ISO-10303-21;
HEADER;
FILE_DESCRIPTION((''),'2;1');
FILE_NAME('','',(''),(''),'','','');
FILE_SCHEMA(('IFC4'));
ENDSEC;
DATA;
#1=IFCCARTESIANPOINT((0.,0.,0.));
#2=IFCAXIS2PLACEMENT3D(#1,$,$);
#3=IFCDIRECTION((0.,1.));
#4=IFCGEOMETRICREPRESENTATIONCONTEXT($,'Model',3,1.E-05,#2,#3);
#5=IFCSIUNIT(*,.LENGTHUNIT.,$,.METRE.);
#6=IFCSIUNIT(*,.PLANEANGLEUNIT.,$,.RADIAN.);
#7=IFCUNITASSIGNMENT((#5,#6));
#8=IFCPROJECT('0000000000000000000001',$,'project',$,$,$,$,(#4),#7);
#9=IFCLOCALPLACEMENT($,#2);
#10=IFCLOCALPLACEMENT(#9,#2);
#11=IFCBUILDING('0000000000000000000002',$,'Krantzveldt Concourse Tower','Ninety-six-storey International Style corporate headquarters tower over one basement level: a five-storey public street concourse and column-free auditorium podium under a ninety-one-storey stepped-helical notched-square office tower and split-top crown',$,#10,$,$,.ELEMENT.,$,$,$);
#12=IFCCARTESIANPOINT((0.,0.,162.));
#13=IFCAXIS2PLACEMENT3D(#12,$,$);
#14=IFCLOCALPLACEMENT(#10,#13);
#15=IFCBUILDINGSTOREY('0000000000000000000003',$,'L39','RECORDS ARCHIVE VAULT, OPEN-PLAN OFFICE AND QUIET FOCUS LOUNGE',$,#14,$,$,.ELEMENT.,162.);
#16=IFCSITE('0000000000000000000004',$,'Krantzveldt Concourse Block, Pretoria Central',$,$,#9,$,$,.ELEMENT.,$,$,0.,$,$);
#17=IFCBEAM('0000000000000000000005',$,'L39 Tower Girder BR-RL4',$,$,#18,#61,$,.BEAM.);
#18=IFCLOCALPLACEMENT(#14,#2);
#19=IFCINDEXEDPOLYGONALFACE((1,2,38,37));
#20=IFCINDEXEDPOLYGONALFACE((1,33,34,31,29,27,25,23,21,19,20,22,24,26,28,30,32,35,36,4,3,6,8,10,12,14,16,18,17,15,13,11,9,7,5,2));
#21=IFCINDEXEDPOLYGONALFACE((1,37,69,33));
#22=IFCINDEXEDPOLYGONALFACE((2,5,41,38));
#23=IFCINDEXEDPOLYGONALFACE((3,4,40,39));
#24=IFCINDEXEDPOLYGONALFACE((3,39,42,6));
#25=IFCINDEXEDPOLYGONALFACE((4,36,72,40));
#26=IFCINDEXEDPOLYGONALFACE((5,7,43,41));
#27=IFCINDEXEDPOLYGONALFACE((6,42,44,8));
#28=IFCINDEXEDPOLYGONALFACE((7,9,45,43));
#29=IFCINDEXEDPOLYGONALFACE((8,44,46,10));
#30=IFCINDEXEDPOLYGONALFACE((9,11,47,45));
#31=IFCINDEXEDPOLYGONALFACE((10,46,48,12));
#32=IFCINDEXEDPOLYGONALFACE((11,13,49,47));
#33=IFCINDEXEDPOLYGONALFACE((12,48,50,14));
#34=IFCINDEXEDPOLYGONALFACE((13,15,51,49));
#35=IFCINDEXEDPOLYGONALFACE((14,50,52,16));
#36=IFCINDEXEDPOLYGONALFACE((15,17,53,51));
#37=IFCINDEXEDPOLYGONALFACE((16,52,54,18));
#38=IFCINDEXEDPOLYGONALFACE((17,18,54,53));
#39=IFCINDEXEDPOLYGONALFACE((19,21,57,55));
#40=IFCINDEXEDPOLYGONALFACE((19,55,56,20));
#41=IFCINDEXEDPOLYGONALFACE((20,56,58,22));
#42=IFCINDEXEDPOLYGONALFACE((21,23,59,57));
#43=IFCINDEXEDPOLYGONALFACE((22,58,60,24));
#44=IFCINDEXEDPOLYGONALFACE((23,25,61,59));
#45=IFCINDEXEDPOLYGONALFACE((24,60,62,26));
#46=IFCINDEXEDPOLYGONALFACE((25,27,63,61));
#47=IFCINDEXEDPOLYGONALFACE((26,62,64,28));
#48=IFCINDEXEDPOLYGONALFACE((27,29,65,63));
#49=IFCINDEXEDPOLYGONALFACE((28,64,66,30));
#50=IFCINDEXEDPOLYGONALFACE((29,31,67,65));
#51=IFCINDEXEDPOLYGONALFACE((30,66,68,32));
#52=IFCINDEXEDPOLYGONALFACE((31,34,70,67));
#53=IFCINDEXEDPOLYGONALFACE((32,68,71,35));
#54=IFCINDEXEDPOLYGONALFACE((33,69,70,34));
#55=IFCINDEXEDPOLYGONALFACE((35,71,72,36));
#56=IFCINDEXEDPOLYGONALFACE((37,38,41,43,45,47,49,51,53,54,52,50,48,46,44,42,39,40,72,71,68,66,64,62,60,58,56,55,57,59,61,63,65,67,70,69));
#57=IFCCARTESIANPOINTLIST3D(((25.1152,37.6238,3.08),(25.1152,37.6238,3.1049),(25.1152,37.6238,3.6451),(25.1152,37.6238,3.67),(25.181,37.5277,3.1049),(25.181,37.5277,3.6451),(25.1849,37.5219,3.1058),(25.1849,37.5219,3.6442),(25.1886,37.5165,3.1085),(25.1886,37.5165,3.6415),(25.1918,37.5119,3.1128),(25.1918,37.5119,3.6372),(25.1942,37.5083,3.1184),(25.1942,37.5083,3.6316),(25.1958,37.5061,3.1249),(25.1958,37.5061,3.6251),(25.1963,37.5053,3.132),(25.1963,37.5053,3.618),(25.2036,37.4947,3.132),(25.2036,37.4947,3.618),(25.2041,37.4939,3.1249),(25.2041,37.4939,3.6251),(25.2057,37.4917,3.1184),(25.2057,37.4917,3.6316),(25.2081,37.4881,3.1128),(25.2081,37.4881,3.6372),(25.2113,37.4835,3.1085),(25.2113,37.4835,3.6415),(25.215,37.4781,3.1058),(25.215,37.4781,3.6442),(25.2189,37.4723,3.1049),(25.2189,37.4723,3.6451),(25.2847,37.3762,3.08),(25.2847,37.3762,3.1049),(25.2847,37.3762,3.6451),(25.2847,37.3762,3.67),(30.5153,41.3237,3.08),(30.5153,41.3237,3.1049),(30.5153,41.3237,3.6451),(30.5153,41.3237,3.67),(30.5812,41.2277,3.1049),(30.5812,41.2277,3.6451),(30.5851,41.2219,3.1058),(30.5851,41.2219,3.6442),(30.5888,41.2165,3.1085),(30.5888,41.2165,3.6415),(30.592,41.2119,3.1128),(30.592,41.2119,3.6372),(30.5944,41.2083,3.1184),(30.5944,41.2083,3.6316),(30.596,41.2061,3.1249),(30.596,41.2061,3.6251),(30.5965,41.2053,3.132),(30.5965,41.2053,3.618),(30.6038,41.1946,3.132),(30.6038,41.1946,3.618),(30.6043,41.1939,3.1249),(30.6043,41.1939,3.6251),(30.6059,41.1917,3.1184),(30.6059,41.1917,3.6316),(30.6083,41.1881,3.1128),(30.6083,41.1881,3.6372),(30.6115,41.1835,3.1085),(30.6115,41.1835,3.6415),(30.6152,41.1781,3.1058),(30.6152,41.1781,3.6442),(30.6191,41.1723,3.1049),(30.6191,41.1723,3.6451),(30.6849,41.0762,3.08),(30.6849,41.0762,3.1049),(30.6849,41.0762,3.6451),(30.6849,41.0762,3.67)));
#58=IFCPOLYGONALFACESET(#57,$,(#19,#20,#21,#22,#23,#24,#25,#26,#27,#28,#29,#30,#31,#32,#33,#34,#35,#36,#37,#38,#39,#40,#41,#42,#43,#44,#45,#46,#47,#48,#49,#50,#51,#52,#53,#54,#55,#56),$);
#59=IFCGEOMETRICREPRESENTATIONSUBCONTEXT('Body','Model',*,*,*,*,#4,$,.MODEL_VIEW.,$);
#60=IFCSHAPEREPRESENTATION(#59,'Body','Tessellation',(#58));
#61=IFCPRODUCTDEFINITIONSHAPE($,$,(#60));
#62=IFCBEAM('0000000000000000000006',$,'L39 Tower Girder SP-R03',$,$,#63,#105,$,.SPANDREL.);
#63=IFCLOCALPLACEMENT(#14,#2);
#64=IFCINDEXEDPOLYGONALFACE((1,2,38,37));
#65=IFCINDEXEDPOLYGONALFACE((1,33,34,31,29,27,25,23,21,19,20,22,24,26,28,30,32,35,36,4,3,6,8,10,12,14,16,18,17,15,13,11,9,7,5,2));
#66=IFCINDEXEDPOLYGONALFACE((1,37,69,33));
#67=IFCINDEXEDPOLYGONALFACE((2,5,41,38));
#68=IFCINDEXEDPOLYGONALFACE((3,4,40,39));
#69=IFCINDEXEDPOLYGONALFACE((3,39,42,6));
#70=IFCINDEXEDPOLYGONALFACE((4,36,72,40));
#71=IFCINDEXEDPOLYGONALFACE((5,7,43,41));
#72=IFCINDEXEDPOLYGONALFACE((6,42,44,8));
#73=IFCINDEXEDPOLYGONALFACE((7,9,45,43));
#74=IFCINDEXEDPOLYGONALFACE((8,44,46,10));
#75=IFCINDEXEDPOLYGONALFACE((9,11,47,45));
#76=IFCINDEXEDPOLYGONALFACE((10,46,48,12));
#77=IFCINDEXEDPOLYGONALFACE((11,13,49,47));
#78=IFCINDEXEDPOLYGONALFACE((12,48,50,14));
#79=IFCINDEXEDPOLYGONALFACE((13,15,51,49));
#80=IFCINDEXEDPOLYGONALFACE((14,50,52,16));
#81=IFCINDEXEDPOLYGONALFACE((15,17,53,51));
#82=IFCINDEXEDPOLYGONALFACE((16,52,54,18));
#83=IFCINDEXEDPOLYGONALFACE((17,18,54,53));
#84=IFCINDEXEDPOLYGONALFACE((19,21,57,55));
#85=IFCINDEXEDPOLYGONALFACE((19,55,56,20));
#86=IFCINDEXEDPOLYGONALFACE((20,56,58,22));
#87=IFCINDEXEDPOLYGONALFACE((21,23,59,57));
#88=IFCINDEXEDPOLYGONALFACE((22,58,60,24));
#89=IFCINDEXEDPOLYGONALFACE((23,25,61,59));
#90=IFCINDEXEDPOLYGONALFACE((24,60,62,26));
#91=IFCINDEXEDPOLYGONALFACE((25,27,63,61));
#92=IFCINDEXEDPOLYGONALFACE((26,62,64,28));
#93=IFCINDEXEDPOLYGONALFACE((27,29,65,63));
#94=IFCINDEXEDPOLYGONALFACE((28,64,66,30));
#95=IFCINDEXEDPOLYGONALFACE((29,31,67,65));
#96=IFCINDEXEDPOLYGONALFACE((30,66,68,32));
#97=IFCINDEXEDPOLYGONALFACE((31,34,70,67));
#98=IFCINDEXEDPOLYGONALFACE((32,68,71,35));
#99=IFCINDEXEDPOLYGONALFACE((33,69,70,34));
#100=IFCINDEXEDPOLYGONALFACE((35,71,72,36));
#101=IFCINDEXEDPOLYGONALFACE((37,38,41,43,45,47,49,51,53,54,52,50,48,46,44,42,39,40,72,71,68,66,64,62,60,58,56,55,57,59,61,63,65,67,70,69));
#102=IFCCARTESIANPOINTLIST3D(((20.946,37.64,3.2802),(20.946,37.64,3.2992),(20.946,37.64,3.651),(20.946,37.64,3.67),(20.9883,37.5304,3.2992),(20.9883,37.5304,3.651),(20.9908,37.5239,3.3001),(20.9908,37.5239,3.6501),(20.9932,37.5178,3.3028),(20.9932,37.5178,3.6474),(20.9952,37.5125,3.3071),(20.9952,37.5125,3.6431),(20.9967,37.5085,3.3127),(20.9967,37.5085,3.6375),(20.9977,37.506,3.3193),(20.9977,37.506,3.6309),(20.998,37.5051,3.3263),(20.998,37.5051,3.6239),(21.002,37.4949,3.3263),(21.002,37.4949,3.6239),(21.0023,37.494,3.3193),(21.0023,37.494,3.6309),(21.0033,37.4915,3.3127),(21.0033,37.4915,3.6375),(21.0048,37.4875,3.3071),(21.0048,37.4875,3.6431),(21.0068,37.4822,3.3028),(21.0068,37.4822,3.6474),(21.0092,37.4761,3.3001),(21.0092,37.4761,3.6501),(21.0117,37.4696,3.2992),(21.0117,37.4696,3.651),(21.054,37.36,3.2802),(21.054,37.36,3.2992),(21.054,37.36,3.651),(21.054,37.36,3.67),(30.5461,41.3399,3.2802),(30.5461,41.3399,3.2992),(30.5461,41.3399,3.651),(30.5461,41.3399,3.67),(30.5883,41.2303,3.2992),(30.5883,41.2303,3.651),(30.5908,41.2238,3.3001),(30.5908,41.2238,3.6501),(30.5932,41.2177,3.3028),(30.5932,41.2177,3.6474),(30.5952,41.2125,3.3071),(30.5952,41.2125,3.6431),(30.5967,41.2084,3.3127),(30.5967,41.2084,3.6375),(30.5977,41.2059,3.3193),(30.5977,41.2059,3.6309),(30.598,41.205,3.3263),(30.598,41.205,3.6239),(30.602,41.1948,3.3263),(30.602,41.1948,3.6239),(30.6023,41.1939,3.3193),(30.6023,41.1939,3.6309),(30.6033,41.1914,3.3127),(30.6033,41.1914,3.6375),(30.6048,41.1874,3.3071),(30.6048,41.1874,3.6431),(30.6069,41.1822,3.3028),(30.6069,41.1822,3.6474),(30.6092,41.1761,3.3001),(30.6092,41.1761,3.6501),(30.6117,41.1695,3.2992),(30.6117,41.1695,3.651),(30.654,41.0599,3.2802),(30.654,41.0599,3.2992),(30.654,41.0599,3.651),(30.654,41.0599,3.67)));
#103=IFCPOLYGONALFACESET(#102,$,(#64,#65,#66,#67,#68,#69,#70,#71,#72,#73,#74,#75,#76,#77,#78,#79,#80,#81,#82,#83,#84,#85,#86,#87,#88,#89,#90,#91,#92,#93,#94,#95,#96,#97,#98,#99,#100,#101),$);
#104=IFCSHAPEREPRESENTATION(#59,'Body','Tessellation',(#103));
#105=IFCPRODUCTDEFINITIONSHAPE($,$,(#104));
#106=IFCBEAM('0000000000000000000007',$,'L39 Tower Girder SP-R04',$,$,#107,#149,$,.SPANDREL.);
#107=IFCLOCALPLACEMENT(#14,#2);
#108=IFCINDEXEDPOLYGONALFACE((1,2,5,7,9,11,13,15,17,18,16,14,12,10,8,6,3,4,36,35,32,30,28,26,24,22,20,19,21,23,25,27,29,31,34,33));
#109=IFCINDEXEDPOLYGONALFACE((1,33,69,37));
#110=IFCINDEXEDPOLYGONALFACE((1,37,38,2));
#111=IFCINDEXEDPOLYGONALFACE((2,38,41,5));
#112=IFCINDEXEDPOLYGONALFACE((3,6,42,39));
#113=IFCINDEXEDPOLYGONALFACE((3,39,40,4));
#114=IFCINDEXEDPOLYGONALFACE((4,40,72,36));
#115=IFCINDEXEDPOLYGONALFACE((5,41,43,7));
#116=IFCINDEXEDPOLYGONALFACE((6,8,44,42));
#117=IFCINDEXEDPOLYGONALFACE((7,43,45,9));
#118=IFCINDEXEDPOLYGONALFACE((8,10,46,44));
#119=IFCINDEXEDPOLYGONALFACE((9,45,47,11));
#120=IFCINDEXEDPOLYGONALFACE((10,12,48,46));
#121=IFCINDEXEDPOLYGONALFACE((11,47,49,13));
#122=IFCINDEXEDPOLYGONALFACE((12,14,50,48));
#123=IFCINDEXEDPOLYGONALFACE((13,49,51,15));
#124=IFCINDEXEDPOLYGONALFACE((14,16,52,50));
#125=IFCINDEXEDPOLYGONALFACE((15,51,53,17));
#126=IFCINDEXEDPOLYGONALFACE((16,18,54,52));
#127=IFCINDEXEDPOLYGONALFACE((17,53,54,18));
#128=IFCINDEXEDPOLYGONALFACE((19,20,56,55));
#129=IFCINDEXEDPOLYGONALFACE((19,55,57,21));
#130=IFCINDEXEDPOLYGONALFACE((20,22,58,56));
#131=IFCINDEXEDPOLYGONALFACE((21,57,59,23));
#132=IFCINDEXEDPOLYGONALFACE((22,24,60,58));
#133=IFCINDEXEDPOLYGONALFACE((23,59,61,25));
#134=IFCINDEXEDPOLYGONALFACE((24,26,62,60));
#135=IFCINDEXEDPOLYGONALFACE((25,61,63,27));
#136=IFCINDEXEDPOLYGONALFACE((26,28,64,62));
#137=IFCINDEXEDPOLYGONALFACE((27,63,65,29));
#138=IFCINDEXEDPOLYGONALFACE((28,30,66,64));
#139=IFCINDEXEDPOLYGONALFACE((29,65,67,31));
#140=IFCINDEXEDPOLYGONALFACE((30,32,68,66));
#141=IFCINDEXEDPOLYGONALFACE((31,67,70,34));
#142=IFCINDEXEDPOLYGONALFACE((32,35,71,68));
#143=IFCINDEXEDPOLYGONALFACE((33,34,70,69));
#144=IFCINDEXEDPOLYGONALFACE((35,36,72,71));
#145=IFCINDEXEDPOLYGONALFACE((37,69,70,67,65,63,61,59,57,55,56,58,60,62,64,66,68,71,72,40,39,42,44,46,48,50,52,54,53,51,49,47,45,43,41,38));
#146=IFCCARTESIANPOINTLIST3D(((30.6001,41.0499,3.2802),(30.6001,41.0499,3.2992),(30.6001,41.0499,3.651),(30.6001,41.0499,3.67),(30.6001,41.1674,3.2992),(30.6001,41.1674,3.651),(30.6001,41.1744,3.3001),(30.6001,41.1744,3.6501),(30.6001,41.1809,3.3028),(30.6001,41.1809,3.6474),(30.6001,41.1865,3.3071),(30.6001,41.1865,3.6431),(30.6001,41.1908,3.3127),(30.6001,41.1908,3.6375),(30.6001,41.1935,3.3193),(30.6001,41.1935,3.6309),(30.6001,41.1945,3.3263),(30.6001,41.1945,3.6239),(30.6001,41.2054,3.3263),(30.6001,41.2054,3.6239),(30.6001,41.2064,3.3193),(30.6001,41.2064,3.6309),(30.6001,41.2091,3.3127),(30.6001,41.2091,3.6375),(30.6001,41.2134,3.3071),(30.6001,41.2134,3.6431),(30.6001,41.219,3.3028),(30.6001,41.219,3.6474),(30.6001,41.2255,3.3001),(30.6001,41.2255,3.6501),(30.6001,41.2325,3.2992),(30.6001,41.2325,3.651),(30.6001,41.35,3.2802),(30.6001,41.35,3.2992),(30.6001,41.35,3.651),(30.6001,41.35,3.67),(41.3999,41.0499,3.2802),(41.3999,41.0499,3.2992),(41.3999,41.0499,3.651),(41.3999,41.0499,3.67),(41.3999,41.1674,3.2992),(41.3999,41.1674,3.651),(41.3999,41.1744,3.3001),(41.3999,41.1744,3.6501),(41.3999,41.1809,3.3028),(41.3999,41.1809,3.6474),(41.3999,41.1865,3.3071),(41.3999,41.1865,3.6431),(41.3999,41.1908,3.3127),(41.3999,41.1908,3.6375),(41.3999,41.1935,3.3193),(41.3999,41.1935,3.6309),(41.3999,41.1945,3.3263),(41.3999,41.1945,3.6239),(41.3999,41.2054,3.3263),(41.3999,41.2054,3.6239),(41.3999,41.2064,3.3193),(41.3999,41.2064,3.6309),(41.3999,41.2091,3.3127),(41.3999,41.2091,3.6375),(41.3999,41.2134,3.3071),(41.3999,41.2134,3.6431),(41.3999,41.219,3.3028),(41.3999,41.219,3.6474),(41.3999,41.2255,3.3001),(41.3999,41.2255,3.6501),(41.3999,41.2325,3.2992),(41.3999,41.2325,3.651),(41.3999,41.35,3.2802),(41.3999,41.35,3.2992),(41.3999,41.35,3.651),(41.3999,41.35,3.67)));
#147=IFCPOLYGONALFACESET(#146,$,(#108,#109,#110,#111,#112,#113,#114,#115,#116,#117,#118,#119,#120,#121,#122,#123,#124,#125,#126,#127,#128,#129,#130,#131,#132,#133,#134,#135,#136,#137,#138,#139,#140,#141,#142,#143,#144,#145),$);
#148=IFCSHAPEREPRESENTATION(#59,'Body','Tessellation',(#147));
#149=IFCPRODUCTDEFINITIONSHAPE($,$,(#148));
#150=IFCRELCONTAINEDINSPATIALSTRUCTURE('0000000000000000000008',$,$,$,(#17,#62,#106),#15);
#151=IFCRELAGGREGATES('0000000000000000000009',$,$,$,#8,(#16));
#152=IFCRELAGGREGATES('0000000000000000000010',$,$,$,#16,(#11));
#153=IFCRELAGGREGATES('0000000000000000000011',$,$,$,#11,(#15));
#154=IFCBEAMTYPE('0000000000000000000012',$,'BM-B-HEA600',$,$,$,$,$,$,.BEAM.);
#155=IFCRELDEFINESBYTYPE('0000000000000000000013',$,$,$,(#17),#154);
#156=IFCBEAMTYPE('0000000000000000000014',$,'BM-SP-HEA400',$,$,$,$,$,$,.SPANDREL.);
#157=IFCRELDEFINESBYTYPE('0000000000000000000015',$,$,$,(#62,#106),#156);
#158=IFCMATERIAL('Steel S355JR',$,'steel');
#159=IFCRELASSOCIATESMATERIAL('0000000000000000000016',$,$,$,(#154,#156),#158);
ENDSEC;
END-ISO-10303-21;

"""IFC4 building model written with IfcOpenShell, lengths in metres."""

from ifc_helpers import new_model, si_unit, direction, frame, origin, origin_2d, place, context, subcontext, project, spatial, i_section, extrude, source, transform, mapped, material, material_profile, profile_set, type_object, type_shapes, element, save


model = new_model("IFC4")

# Units and contexts
model_context = context("Model", 3, precision=1e-05, world=origin(), true_north=direction((0.0, 1.0)))
body_context = subcontext(model_context, "Body", "Model", "MODEL_VIEW")
ifc_project = project(units=[si_unit("LENGTHUNIT", "METRE"), si_unit("PLANEANGLEUNIT", "RADIAN")], contexts=[model_context])

# Site, building, storey
site_placement = place(None, origin())
site = spatial("IfcSite", under=ifc_project, at=site_placement, Name="Krantzveldt Concourse Block, Pretoria Central", CompositionType="ELEMENT", RefElevation=0.0)
building_placement = place(site_placement, origin())
building = spatial("IfcBuilding", under=site, at=building_placement, Name="Krantzveldt Concourse Tower", Description="Ninety-six-storey International Style corporate headquarters tower over one basement level: a five-storey public street concourse and column-free auditorium podium under a ninety-one-storey stepped-helical notched-square office tower and split-top crown", CompositionType="ELEMENT")
storey_placement = place(building_placement, frame((0.0, 0.0, 162.0)))
storey = spatial("IfcBuildingStorey", under=building, at=storey_placement, Name="L39", Description="RECORDS ARCHIVE VAULT, OPEN-PLAN OFFICE AND QUIET FOCUS LOUNGE", CompositionType="ELEMENT", Elevation=162.0)

# Beams
ifc_material_1 = material(Name="Steel S355JR", Category="steel")
ifc_material_profile_1 = material_profile(ifc_material_1, i_section(OverallWidth=0.3, OverallDepth=0.5901, WebThickness=0.0129, FlangeThickness=0.0249, FilletRadius=0.0271, at=origin_2d()), Name="Steel S355JR", Category="steel")
ifc_profile_set_1 = profile_set([ifc_material_profile_1], Name="Steel S355JR - HEA 600")
beam_type_1 = type_object("IfcBeamType", Name="BM-B-HEA600", PredefinedType="BEAM", material=ifc_profile_set_1)
shared_shape_1 = source(origin(), body_context, "Body", "SweptSolid", [
    extrude(i_section(OverallWidth=0.3, OverallDepth=0.5901, WebThickness=0.0129, FlangeThickness=0.0249, FilletRadius=0.0271, at=origin_2d()), origin(), (0.0, 0.0, 1.0), 6.5461),
])
beam_1_placement = place(storey_placement, frame((25.2, 37.5, 3.375), z_axis=(0.824943, 0.565216, 0.0), x_axis=(-0.565216, 0.824943, 0.0)))
element("IfcBeam", 1, at=beam_1_placement, inside=storey, type_object=beam_type_1, Name="L39 Tower Girder BR-RL4", PredefinedType="BEAM", context=body_context, shape_type="MappedRepresentation", body=[
    mapped(shared_shape_1, transform((0.0, 0.0, 0.0), x_axis=(1.0, 0.0, 0.0), y_axis=(0.0, 1.0, 0.0), z_axis=(0.0, 0.0, 1.0), scale=1.0)),
])
ifc_material_profile_2 = material_profile(ifc_material_1, i_section(OverallWidth=0.3, OverallDepth=0.3899, WebThickness=0.011, FlangeThickness=0.019, FilletRadius=0.0271, at=origin_2d()), Name="Steel S355JR", Category="steel")
ifc_profile_set_2 = profile_set([ifc_material_profile_2], Name="Steel S355JR - HEA 400")
beam_type_2 = type_object("IfcBeamType", Name="BM-SP-HEA400", PredefinedType="SPANDREL", material=ifc_profile_set_2)
shared_shape_2 = source(origin(), body_context, "Body", "SweptSolid", [
    extrude(i_section(OverallWidth=0.3, OverallDepth=0.3899, WebThickness=0.011, FlangeThickness=0.019, FilletRadius=0.0271, at=origin_2d()), origin(), (0.0, 0.0, 1.0), 10.2883),
])
beam_2_placement = place(storey_placement, frame((21.0, 37.5, 3.4751), z_axis=(0.933098, 0.359623, 0.0), x_axis=(-0.359623, 0.933098, 0.0)))
element("IfcBeam", 2, at=beam_2_placement, inside=storey, type_object=beam_type_2, Name="L39 Tower Girder SP-R03", PredefinedType="SPANDREL", context=body_context, shape_type="MappedRepresentation", body=[
    mapped(shared_shape_2, transform((0.0, 0.0, 0.0), x_axis=(1.0, 0.0, 0.0), y_axis=(0.0, 1.0, 0.0), z_axis=(0.0, 0.0, 1.0), scale=1.0)),
])
shared_shape_3 = source(origin(), body_context, "Body", "SweptSolid", [
    extrude(i_section(OverallWidth=0.3, OverallDepth=0.3899, WebThickness=0.011, FlangeThickness=0.019, FilletRadius=0.0271, at=origin_2d()), origin(), (0.0, 0.0, 1.0), 10.7998),
])
type_shapes(beam_type_2, [shared_shape_2, shared_shape_3])
beam_3_placement = place(storey_placement, frame((30.6001, 41.2, 3.4751), z_axis=(1.0, 0.0, 0.0), x_axis=(0.0, 1.0, 0.0)))
element("IfcBeam", 3, at=beam_3_placement, inside=storey, type_object=beam_type_2, Name="L39 Tower Girder SP-R04", PredefinedType="SPANDREL", context=body_context, shape_type="MappedRepresentation", body=[
    mapped(shared_shape_3, transform((0.0, 0.0, 0.0), x_axis=(1.0, 0.0, 0.0), y_axis=(0.0, 1.0, 0.0), z_axis=(0.0, 0.0, 1.0), scale=1.0)),
])

save(model, "model.ifc")
